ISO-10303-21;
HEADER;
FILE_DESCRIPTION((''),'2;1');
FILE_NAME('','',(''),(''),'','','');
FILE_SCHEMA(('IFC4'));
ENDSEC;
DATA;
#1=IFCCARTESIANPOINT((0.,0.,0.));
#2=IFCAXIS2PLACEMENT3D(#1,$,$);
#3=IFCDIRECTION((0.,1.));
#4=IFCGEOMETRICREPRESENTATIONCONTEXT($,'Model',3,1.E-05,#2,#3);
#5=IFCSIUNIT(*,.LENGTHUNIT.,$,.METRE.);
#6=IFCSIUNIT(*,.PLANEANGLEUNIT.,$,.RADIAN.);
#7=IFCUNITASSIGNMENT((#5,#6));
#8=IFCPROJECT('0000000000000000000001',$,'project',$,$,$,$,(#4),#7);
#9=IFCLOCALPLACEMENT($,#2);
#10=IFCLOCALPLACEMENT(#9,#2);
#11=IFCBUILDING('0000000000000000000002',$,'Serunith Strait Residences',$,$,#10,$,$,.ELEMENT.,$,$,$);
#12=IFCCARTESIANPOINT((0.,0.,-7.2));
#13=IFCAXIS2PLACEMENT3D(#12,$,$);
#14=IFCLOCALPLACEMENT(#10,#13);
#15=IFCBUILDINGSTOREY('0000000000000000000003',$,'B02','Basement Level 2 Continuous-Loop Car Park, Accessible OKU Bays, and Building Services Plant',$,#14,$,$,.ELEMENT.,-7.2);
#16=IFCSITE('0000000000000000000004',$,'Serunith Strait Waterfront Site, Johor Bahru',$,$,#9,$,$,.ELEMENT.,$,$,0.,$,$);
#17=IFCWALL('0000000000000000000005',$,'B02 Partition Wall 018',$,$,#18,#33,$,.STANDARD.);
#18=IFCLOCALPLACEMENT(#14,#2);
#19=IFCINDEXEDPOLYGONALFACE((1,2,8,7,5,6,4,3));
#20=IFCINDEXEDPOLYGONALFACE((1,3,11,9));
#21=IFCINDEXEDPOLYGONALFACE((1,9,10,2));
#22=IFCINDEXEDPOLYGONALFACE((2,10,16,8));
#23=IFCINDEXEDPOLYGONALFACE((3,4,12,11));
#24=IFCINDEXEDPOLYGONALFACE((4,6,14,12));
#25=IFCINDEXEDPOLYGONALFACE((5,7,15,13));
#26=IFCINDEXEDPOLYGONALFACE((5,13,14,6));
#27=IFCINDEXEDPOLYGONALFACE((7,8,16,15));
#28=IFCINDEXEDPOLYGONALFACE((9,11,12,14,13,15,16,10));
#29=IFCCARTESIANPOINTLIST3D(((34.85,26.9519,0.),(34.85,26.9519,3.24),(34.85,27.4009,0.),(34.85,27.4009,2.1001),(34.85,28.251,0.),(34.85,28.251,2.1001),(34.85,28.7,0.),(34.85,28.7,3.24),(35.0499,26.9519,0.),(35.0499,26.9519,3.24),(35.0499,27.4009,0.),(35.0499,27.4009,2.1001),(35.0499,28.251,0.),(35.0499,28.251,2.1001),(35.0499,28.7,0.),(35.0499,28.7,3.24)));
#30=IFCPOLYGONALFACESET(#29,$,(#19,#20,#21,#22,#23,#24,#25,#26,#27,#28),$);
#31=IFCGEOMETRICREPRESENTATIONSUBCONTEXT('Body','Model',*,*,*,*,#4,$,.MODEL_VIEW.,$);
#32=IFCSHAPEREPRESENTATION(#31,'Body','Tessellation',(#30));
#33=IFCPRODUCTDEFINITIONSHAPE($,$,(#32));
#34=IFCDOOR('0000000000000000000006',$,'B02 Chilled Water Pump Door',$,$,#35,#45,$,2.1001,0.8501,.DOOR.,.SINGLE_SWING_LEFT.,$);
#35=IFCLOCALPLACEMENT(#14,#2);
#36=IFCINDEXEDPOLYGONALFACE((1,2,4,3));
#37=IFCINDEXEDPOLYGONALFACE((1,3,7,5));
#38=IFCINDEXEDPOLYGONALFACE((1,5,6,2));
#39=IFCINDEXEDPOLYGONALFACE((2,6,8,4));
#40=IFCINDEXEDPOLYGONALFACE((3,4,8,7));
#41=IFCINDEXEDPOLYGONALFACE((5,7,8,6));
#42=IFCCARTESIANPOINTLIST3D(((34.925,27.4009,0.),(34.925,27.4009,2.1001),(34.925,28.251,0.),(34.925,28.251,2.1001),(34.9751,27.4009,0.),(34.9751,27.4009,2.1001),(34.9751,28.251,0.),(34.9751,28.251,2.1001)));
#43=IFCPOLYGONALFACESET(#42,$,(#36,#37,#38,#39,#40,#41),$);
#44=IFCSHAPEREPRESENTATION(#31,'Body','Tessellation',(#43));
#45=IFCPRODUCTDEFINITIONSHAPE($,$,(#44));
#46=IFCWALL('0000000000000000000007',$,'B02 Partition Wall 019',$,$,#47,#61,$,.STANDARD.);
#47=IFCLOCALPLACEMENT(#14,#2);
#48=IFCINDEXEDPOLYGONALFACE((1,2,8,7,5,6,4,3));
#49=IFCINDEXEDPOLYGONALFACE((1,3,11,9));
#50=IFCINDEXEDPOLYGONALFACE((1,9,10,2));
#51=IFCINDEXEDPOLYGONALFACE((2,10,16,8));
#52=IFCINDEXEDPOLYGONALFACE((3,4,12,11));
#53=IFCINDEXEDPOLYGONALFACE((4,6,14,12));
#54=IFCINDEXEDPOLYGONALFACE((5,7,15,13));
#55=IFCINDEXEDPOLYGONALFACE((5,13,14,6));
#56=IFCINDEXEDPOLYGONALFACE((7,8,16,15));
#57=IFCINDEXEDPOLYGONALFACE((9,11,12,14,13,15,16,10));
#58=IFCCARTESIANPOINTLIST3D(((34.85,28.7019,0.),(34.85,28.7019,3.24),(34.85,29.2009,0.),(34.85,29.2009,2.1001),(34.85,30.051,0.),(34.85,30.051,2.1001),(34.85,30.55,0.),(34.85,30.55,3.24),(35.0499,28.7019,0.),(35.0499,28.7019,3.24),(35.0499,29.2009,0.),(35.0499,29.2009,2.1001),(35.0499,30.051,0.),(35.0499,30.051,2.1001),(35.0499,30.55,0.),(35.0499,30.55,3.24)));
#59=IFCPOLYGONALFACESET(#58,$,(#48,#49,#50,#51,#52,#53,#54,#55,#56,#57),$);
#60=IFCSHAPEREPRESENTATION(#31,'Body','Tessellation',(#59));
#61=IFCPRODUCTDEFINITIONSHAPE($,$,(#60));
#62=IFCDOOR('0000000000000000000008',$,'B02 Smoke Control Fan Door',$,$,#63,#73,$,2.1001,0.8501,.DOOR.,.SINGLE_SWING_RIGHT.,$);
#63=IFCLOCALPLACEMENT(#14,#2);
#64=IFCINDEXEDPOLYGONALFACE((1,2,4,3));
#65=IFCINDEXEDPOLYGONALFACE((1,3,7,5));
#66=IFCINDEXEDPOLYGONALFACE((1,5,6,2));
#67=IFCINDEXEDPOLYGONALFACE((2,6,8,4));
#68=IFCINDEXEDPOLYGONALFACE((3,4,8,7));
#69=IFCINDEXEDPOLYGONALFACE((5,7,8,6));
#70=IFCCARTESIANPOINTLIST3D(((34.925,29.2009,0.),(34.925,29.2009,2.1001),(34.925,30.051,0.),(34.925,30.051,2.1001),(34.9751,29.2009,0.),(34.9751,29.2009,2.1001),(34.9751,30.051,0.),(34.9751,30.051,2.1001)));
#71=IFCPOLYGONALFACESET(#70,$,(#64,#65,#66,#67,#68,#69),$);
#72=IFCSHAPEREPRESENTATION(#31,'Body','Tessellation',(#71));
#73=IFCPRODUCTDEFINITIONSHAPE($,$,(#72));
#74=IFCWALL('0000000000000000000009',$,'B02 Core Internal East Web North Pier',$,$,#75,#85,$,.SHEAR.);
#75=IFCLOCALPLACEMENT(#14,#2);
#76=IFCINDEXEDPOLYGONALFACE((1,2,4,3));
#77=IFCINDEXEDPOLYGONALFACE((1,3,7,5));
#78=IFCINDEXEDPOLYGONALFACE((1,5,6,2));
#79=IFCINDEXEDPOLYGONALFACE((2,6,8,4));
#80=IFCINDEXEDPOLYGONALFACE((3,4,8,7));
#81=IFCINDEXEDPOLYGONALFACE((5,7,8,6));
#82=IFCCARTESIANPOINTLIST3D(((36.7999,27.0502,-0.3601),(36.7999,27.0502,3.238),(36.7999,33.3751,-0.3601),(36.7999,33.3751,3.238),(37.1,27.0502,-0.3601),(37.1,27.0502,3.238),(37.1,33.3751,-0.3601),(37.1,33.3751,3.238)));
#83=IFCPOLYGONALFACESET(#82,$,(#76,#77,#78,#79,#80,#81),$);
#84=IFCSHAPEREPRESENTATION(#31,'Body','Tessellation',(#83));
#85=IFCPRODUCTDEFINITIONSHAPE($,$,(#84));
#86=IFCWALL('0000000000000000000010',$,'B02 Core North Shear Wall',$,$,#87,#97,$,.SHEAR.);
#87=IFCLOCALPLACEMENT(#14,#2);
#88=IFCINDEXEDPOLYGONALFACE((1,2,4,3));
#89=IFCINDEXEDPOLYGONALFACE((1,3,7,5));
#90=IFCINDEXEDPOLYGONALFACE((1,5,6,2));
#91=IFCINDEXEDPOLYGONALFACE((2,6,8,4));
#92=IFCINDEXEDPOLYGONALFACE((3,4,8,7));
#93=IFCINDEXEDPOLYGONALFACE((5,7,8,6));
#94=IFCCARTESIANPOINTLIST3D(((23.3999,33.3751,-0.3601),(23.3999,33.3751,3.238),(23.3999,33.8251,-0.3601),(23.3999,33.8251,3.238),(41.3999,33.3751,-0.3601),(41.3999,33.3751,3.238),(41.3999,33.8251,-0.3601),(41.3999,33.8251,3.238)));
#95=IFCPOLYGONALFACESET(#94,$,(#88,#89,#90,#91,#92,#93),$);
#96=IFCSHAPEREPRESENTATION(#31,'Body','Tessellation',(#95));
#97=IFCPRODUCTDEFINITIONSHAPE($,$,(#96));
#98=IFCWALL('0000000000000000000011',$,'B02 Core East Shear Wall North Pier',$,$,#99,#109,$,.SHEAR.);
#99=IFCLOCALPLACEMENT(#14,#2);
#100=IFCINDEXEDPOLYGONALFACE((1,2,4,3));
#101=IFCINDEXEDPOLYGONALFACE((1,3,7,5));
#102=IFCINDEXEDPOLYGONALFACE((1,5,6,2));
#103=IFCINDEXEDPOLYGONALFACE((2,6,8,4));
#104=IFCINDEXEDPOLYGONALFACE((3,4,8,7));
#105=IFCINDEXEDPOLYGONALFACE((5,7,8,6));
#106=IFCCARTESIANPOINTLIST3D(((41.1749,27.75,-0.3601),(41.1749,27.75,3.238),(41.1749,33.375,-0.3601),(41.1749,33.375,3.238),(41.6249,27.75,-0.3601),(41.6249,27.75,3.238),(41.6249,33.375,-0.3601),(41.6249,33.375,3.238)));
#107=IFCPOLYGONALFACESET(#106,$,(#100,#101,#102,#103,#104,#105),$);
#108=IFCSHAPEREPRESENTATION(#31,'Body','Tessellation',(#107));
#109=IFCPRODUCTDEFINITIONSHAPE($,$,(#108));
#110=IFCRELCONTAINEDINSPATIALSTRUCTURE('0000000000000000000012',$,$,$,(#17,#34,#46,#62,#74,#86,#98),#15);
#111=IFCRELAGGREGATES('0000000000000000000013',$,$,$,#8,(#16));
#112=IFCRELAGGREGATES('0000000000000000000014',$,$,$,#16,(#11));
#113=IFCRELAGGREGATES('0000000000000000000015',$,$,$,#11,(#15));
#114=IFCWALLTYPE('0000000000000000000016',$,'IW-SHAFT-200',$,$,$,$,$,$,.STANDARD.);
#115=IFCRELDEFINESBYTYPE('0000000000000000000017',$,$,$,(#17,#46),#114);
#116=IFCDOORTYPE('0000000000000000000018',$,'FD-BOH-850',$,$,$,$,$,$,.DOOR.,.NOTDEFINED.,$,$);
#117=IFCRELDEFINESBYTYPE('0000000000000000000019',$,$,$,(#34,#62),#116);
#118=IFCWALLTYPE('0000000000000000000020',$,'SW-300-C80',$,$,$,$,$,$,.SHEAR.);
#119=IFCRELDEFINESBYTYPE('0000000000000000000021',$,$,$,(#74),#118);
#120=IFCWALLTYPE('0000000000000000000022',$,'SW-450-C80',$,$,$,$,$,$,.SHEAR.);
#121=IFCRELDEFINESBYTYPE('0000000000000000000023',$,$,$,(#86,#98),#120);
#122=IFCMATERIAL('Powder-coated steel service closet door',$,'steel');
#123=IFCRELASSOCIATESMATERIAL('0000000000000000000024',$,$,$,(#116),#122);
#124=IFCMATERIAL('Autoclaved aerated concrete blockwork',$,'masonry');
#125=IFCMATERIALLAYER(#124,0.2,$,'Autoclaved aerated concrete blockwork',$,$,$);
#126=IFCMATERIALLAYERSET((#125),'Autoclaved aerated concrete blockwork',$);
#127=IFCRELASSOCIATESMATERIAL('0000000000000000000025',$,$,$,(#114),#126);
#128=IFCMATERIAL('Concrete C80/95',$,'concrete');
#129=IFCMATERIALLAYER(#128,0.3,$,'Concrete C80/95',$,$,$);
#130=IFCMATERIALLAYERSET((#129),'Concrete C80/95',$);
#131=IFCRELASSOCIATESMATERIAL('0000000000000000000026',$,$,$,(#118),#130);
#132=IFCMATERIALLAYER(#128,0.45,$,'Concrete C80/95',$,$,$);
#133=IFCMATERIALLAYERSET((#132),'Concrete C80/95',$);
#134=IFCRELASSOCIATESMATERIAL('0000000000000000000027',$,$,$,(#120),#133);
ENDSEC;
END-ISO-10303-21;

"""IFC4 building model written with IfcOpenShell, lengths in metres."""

from ifc_helpers import new_model, si_unit, direction, frame, frame_2d, origin, place, context, subcontext, project, spatial, rectangle, extrude, source, transform, mapped, material, layer, layer_set, type_object, element, fill, save


model = new_model("IFC4")

# Units and contexts
model_context = context("Model", 3, precision=1e-05, world=origin(), true_north=direction((0.0, 1.0)))
body_context = subcontext(model_context, "Body", "Model", "MODEL_VIEW")
ifc_project = project(units=[si_unit("LENGTHUNIT", "METRE"), si_unit("PLANEANGLEUNIT", "RADIAN")], contexts=[model_context])

# Site, building, storey
site_placement = place(None, origin())
site = spatial("IfcSite", under=ifc_project, at=site_placement, Name="Serunith Strait Waterfront Site, Johor Bahru", CompositionType="ELEMENT", RefElevation=0.0)
building_placement = place(site_placement, origin())
building = spatial("IfcBuilding", under=site, at=building_placement, Name="Serunith Strait Residences", CompositionType="ELEMENT")
storey_placement = place(building_placement, frame((0.0, 0.0, -7.2)))
storey = spatial("IfcBuildingStorey", under=building, at=storey_placement, Name="B02", Description="Basement Level 2 Continuous-Loop Car Park, Accessible OKU Bays, and Building Services Plant", CompositionType="ELEMENT", Elevation=-7.2)

# Shared definitions
ifc_material_1 = material(Name="Powder-coated steel service closet door", Category="steel")
door_type_1 = type_object("IfcDoorType", Name="FD-BOH-850", OperationType="NOTDEFINED", PredefinedType="DOOR", material=ifc_material_1)
shared_shape_1 = source(origin(), body_context, "Body", "SweptSolid", [
    extrude(rectangle(XDim=0.8501, YDim=2.1001, at=frame_2d((0.425, 1.05))), frame((0.0, 0.0249, 0.0), z_axis=(0.0, -1.0, 0.0), x_axis=(1.0, 0.0, 0.0)), (0.0, 0.0, 1.0), 0.05),
])

# Shared definitions
ifc_material_2 = material(Name="Autoclaved aerated concrete blockwork", Category="masonry")
ifc_layer_1 = layer(ifc_material_2, 0.2, Name="Autoclaved aerated concrete blockwork")
ifc_layer_set_1 = layer_set([ifc_layer_1], Name="Autoclaved aerated concrete blockwork")
wall_type_1 = type_object("IfcWallType", Name="IW-SHAFT-200", PredefinedType="STANDARD", material=ifc_layer_set_1)

# Walls, openings, doors
wall_1_placement = place(storey_placement, frame((34.95, 26.9519, 0.0), z_axis=(0.0, 0.0, 1.0), x_axis=(0.0, 1.0, 0.0)))
wall_1 = element("IfcWall", 1, at=wall_1_placement, inside=storey, type_object=wall_type_1, Name="B02 Partition Wall 018", PredefinedType="STANDARD", context=body_context, shape_type="SweptSolid", body=[
    extrude(rectangle(XDim=1.748, YDim=0.2, at=frame_2d((0.874, 0.0))), origin(), (0.0, 0.0, 1.0), 3.24),
])
opening_1_placement = place(wall_1_placement, frame((0.449, 0.0, 0.0)))
opening_1 = element("IfcOpeningElement", 2, at=opening_1_placement, cuts=wall_1, PredefinedType="OPENING", context=body_context, shape_type="SweptSolid", body=[
    extrude(rectangle(XDim=0.8501, YDim=2.1001, at=frame_2d((0.425, 1.05))), frame((0.0, 0.1099, 0.0), z_axis=(0.0, -1.0, 0.0), x_axis=(1.0, 0.0, 0.0)), (0.0, 0.0, 1.0), 0.22),
])
door_1_placement = place(opening_1_placement, origin())
door_1 = element("IfcDoor", 3, at=door_1_placement, inside=storey, type_object=door_type_1, Name="B02 Chilled Water Pump Door", OperationType="SINGLE_SWING_LEFT", OverallHeight=2.1001, OverallWidth=0.8501, PredefinedType="DOOR", context=body_context, shape_type="MappedRepresentation", body=[
    mapped(shared_shape_1, transform((0.0, 0.0, 0.0), scale=1.0)),
])
fill(opening_1, door_1)
wall_2_placement = place(storey_placement, frame((34.95, 28.7019, 0.0), z_axis=(0.0, 0.0, 1.0), x_axis=(0.0, 1.0, 0.0)))
wall_2 = element("IfcWall", 4, at=wall_2_placement, inside=storey, type_object=wall_type_1, Name="B02 Partition Wall 019", PredefinedType="STANDARD", context=body_context, shape_type="SweptSolid", body=[
    extrude(rectangle(XDim=1.8481, YDim=0.2, at=frame_2d((0.9241, 0.0))), origin(), (0.0, 0.0, 1.0), 3.24),
])
opening_2_placement = place(wall_2_placement, frame((0.499, 0.0, 0.0)))
opening_2 = element("IfcOpeningElement", 5, at=opening_2_placement, cuts=wall_2, PredefinedType="OPENING", context=body_context, shape_type="SweptSolid", body=[
    extrude(rectangle(XDim=0.8501, YDim=2.1001, at=frame_2d((0.425, 1.05))), frame((0.0, 0.1099, 0.0), z_axis=(0.0, -1.0, 0.0), x_axis=(1.0, 0.0, 0.0)), (0.0, 0.0, 1.0), 0.22),
])
door_2_placement = place(opening_2_placement, origin())
door_2 = element("IfcDoor", 6, at=door_2_placement, inside=storey, type_object=door_type_1, Name="B02 Smoke Control Fan Door", OperationType="SINGLE_SWING_RIGHT", OverallHeight=2.1001, OverallWidth=0.8501, PredefinedType="DOOR", context=body_context, shape_type="MappedRepresentation", body=[
    mapped(shared_shape_1, transform((0.0, 0.0, 0.0), scale=1.0)),
])
fill(opening_2, door_2)

# Walls
ifc_material_3 = material(Name="Concrete C80/95", Category="concrete")
ifc_layer_2 = layer(ifc_material_3, 0.3, Name="Concrete C80/95")
ifc_layer_set_2 = layer_set([ifc_layer_2], Name="Concrete C80/95")
wall_type_2 = type_object("IfcWallType", Name="SW-300-C80", PredefinedType="SHEAR", material=ifc_layer_set_2)
wall_3_placement = place(storey_placement, frame((36.95, 27.05, -0.3601), z_axis=(0.0, 0.0, 1.0), x_axis=(0.0, 1.0, 0.0)))
element("IfcWall", 7, at=wall_3_placement, inside=storey, type_object=wall_type_2, Name="B02 Core Internal East Web North Pier", PredefinedType="SHEAR", context=body_context, shape_type="SweptSolid", body=[
    extrude(rectangle(XDim=6.325, YDim=0.3, at=frame_2d((3.1626, 0.0))), origin(), (0.0, 0.0, 1.0), 3.5981),
])
ifc_layer_3 = layer(ifc_material_3, 0.45, Name="Concrete C80/95")
ifc_layer_set_3 = layer_set([ifc_layer_3], Name="Concrete C80/95")
wall_type_3 = type_object("IfcWallType", Name="SW-450-C80", PredefinedType="SHEAR", material=ifc_layer_set_3)
wall_4_placement = place(storey_placement, frame((41.3999, 33.6001, -0.3601), z_axis=(0.0, 0.0, 1.0), x_axis=(-1.0, 0.0, 0.0)))
element("IfcWall", 8, at=wall_4_placement, inside=storey, type_object=wall_type_3, Name="B02 Core North Shear Wall", PredefinedType="SHEAR", context=body_context, shape_type="SweptSolid", body=[
    extrude(rectangle(XDim=18.0, YDim=0.45, at=frame_2d((9.0, 0.0))), origin(), (0.0, 0.0, 1.0), 3.5981),
])
wall_5_placement = place(storey_placement, frame((41.3999, 27.75, -0.3601), z_axis=(0.0, 0.0, 1.0), x_axis=(0.0, 1.0, 0.0)))
element("IfcWall", 9, at=wall_5_placement, inside=storey, type_object=wall_type_3, Name="B02 Core East Shear Wall North Pier", PredefinedType="SHEAR", context=body_context, shape_type="SweptSolid", body=[
    extrude(rectangle(XDim=5.625, YDim=0.45, at=frame_2d((2.8125, 0.0))), origin(), (0.0, 0.0, 1.0), 3.5981),
])

save(model, "model.ifc")
